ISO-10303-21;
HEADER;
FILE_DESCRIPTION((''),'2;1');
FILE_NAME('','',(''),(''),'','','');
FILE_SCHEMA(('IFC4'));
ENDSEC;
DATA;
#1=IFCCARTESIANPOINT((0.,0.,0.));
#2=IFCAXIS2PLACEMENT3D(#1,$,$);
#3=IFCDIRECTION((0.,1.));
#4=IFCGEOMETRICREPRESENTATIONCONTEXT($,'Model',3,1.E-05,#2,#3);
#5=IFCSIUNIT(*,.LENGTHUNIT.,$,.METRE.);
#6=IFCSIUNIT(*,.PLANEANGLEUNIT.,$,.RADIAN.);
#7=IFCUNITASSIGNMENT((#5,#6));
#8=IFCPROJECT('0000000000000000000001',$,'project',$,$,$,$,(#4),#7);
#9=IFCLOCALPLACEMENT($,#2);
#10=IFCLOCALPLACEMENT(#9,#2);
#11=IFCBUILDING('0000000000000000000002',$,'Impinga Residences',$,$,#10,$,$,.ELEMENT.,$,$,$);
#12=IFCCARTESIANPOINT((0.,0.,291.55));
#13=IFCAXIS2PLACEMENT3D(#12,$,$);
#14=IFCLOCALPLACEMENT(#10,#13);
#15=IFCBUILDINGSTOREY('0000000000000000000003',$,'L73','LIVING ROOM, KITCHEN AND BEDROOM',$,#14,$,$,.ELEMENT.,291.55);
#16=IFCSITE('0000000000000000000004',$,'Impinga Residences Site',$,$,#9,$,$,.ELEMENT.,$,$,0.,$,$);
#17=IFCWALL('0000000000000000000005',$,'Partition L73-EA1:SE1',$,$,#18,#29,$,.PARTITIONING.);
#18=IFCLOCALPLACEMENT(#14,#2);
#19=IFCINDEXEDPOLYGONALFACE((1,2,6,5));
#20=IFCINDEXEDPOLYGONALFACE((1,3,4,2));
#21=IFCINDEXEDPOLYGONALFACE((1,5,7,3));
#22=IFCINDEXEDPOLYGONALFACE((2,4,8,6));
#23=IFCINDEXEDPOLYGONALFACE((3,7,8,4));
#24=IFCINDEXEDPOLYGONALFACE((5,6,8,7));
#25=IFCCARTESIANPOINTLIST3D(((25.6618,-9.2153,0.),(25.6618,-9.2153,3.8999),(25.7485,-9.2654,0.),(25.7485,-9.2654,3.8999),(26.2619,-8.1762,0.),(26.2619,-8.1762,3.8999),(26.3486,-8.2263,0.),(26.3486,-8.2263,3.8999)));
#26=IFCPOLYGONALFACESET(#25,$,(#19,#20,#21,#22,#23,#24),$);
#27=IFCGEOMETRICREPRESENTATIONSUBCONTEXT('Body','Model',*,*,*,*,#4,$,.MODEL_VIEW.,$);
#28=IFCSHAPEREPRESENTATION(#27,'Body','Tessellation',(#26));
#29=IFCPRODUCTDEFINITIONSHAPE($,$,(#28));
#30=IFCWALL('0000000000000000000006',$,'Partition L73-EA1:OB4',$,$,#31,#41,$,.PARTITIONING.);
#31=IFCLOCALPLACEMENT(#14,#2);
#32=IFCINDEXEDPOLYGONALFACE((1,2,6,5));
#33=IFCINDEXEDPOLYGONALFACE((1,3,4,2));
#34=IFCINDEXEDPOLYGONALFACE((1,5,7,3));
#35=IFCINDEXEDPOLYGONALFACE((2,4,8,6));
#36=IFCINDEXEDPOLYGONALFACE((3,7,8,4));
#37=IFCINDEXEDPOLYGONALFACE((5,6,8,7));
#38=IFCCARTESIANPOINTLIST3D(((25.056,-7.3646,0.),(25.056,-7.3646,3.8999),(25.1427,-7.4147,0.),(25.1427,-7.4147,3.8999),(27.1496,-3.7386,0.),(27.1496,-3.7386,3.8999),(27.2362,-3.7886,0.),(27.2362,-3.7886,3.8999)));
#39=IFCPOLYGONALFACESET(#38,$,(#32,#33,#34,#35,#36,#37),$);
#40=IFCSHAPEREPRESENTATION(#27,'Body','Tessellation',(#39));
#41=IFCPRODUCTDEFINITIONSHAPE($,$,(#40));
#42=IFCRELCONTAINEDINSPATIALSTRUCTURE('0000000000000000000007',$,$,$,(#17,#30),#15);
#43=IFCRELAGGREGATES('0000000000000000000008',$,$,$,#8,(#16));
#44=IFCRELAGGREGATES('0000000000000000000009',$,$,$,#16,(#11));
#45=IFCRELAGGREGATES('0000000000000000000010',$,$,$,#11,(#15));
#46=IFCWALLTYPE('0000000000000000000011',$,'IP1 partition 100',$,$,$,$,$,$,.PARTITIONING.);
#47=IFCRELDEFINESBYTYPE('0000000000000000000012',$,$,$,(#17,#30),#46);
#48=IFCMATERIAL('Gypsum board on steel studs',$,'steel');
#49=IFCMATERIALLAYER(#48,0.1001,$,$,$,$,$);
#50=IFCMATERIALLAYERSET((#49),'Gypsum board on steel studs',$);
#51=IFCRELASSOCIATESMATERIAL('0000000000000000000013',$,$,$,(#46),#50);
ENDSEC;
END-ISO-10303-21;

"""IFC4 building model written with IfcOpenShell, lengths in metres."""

from ifc_helpers import new_model, si_unit, direction, frame, frame_2d, origin, place, context, subcontext, project, spatial, rectangle, extrude, material, layer, layer_set, type_object, element, save


model = new_model("IFC4")

# Units and contexts
model_context = context("Model", 3, precision=1e-05, world=origin(), true_north=direction((0.0, 1.0)))
body_context = subcontext(model_context, "Body", "Model", "MODEL_VIEW")
ifc_project = project(units=[si_unit("LENGTHUNIT", "METRE"), si_unit("PLANEANGLEUNIT", "RADIAN")], contexts=[model_context])

# Site, building, storey
site_placement = place(None, origin())
site = spatial("IfcSite", under=ifc_project, at=site_placement, Name="Impinga Residences Site", CompositionType="ELEMENT", RefElevation=0.0)
building_placement = place(site_placement, origin())
building = spatial("IfcBuilding", under=site, at=building_placement, Name="Impinga Residences", CompositionType="ELEMENT")
storey_placement = place(building_placement, frame((0.0, 0.0, 291.55)))
storey = spatial("IfcBuildingStorey", under=building, at=storey_placement, Name="L73", Description="LIVING ROOM, KITCHEN AND BEDROOM", CompositionType="ELEMENT", Elevation=291.55)

# Walls
ifc_material_1 = material(Name="Gypsum board on steel studs", Category="steel")
ifc_layer_1 = layer(ifc_material_1, 0.1001)
ifc_layer_set_1 = layer_set([ifc_layer_1], Name="Gypsum board on steel studs")
wall_type_1 = type_object("IfcWallType", Name="IP1 partition 100", PredefinedType="PARTITIONING", material=ifc_layer_set_1)
wall_1_placement = place(storey_placement, frame((25.7051, -9.2405, 0.0), z_axis=(0.0, 0.0, 1.0), x_axis=(0.500122, 0.865955, 0.0)))
element("IfcWall", 1, at=wall_1_placement, inside=storey, type_object=wall_type_1, Name="Partition L73-EA1:SE1", PredefinedType="PARTITIONING", context=body_context, shape_type="SweptSolid", body=[
    extrude(rectangle(XDim=1.2, YDim=0.1001, at=frame_2d((0.6001, 0.0))), origin(), (0.0, 0.0, 1.0), 3.8999),
])
wall_2_placement = place(storey_placement, frame((25.0994, -7.3896, 0.0), z_axis=(0.0, 0.0, 1.0), x_axis=(0.500008, 0.866021, 0.0)))
element("IfcWall", 2, at=wall_2_placement, inside=storey, type_object=wall_type_1, Name="Partition L73-EA1:OB4", PredefinedType="PARTITIONING", context=body_context, shape_type="SweptSolid", body=[
    extrude(rectangle(XDim=4.187, YDim=0.1001, at=frame_2d((2.0935, 0.0))), origin(), (0.0, 0.0, 1.0), 3.8999),
])

save(model, "model.ifc")
